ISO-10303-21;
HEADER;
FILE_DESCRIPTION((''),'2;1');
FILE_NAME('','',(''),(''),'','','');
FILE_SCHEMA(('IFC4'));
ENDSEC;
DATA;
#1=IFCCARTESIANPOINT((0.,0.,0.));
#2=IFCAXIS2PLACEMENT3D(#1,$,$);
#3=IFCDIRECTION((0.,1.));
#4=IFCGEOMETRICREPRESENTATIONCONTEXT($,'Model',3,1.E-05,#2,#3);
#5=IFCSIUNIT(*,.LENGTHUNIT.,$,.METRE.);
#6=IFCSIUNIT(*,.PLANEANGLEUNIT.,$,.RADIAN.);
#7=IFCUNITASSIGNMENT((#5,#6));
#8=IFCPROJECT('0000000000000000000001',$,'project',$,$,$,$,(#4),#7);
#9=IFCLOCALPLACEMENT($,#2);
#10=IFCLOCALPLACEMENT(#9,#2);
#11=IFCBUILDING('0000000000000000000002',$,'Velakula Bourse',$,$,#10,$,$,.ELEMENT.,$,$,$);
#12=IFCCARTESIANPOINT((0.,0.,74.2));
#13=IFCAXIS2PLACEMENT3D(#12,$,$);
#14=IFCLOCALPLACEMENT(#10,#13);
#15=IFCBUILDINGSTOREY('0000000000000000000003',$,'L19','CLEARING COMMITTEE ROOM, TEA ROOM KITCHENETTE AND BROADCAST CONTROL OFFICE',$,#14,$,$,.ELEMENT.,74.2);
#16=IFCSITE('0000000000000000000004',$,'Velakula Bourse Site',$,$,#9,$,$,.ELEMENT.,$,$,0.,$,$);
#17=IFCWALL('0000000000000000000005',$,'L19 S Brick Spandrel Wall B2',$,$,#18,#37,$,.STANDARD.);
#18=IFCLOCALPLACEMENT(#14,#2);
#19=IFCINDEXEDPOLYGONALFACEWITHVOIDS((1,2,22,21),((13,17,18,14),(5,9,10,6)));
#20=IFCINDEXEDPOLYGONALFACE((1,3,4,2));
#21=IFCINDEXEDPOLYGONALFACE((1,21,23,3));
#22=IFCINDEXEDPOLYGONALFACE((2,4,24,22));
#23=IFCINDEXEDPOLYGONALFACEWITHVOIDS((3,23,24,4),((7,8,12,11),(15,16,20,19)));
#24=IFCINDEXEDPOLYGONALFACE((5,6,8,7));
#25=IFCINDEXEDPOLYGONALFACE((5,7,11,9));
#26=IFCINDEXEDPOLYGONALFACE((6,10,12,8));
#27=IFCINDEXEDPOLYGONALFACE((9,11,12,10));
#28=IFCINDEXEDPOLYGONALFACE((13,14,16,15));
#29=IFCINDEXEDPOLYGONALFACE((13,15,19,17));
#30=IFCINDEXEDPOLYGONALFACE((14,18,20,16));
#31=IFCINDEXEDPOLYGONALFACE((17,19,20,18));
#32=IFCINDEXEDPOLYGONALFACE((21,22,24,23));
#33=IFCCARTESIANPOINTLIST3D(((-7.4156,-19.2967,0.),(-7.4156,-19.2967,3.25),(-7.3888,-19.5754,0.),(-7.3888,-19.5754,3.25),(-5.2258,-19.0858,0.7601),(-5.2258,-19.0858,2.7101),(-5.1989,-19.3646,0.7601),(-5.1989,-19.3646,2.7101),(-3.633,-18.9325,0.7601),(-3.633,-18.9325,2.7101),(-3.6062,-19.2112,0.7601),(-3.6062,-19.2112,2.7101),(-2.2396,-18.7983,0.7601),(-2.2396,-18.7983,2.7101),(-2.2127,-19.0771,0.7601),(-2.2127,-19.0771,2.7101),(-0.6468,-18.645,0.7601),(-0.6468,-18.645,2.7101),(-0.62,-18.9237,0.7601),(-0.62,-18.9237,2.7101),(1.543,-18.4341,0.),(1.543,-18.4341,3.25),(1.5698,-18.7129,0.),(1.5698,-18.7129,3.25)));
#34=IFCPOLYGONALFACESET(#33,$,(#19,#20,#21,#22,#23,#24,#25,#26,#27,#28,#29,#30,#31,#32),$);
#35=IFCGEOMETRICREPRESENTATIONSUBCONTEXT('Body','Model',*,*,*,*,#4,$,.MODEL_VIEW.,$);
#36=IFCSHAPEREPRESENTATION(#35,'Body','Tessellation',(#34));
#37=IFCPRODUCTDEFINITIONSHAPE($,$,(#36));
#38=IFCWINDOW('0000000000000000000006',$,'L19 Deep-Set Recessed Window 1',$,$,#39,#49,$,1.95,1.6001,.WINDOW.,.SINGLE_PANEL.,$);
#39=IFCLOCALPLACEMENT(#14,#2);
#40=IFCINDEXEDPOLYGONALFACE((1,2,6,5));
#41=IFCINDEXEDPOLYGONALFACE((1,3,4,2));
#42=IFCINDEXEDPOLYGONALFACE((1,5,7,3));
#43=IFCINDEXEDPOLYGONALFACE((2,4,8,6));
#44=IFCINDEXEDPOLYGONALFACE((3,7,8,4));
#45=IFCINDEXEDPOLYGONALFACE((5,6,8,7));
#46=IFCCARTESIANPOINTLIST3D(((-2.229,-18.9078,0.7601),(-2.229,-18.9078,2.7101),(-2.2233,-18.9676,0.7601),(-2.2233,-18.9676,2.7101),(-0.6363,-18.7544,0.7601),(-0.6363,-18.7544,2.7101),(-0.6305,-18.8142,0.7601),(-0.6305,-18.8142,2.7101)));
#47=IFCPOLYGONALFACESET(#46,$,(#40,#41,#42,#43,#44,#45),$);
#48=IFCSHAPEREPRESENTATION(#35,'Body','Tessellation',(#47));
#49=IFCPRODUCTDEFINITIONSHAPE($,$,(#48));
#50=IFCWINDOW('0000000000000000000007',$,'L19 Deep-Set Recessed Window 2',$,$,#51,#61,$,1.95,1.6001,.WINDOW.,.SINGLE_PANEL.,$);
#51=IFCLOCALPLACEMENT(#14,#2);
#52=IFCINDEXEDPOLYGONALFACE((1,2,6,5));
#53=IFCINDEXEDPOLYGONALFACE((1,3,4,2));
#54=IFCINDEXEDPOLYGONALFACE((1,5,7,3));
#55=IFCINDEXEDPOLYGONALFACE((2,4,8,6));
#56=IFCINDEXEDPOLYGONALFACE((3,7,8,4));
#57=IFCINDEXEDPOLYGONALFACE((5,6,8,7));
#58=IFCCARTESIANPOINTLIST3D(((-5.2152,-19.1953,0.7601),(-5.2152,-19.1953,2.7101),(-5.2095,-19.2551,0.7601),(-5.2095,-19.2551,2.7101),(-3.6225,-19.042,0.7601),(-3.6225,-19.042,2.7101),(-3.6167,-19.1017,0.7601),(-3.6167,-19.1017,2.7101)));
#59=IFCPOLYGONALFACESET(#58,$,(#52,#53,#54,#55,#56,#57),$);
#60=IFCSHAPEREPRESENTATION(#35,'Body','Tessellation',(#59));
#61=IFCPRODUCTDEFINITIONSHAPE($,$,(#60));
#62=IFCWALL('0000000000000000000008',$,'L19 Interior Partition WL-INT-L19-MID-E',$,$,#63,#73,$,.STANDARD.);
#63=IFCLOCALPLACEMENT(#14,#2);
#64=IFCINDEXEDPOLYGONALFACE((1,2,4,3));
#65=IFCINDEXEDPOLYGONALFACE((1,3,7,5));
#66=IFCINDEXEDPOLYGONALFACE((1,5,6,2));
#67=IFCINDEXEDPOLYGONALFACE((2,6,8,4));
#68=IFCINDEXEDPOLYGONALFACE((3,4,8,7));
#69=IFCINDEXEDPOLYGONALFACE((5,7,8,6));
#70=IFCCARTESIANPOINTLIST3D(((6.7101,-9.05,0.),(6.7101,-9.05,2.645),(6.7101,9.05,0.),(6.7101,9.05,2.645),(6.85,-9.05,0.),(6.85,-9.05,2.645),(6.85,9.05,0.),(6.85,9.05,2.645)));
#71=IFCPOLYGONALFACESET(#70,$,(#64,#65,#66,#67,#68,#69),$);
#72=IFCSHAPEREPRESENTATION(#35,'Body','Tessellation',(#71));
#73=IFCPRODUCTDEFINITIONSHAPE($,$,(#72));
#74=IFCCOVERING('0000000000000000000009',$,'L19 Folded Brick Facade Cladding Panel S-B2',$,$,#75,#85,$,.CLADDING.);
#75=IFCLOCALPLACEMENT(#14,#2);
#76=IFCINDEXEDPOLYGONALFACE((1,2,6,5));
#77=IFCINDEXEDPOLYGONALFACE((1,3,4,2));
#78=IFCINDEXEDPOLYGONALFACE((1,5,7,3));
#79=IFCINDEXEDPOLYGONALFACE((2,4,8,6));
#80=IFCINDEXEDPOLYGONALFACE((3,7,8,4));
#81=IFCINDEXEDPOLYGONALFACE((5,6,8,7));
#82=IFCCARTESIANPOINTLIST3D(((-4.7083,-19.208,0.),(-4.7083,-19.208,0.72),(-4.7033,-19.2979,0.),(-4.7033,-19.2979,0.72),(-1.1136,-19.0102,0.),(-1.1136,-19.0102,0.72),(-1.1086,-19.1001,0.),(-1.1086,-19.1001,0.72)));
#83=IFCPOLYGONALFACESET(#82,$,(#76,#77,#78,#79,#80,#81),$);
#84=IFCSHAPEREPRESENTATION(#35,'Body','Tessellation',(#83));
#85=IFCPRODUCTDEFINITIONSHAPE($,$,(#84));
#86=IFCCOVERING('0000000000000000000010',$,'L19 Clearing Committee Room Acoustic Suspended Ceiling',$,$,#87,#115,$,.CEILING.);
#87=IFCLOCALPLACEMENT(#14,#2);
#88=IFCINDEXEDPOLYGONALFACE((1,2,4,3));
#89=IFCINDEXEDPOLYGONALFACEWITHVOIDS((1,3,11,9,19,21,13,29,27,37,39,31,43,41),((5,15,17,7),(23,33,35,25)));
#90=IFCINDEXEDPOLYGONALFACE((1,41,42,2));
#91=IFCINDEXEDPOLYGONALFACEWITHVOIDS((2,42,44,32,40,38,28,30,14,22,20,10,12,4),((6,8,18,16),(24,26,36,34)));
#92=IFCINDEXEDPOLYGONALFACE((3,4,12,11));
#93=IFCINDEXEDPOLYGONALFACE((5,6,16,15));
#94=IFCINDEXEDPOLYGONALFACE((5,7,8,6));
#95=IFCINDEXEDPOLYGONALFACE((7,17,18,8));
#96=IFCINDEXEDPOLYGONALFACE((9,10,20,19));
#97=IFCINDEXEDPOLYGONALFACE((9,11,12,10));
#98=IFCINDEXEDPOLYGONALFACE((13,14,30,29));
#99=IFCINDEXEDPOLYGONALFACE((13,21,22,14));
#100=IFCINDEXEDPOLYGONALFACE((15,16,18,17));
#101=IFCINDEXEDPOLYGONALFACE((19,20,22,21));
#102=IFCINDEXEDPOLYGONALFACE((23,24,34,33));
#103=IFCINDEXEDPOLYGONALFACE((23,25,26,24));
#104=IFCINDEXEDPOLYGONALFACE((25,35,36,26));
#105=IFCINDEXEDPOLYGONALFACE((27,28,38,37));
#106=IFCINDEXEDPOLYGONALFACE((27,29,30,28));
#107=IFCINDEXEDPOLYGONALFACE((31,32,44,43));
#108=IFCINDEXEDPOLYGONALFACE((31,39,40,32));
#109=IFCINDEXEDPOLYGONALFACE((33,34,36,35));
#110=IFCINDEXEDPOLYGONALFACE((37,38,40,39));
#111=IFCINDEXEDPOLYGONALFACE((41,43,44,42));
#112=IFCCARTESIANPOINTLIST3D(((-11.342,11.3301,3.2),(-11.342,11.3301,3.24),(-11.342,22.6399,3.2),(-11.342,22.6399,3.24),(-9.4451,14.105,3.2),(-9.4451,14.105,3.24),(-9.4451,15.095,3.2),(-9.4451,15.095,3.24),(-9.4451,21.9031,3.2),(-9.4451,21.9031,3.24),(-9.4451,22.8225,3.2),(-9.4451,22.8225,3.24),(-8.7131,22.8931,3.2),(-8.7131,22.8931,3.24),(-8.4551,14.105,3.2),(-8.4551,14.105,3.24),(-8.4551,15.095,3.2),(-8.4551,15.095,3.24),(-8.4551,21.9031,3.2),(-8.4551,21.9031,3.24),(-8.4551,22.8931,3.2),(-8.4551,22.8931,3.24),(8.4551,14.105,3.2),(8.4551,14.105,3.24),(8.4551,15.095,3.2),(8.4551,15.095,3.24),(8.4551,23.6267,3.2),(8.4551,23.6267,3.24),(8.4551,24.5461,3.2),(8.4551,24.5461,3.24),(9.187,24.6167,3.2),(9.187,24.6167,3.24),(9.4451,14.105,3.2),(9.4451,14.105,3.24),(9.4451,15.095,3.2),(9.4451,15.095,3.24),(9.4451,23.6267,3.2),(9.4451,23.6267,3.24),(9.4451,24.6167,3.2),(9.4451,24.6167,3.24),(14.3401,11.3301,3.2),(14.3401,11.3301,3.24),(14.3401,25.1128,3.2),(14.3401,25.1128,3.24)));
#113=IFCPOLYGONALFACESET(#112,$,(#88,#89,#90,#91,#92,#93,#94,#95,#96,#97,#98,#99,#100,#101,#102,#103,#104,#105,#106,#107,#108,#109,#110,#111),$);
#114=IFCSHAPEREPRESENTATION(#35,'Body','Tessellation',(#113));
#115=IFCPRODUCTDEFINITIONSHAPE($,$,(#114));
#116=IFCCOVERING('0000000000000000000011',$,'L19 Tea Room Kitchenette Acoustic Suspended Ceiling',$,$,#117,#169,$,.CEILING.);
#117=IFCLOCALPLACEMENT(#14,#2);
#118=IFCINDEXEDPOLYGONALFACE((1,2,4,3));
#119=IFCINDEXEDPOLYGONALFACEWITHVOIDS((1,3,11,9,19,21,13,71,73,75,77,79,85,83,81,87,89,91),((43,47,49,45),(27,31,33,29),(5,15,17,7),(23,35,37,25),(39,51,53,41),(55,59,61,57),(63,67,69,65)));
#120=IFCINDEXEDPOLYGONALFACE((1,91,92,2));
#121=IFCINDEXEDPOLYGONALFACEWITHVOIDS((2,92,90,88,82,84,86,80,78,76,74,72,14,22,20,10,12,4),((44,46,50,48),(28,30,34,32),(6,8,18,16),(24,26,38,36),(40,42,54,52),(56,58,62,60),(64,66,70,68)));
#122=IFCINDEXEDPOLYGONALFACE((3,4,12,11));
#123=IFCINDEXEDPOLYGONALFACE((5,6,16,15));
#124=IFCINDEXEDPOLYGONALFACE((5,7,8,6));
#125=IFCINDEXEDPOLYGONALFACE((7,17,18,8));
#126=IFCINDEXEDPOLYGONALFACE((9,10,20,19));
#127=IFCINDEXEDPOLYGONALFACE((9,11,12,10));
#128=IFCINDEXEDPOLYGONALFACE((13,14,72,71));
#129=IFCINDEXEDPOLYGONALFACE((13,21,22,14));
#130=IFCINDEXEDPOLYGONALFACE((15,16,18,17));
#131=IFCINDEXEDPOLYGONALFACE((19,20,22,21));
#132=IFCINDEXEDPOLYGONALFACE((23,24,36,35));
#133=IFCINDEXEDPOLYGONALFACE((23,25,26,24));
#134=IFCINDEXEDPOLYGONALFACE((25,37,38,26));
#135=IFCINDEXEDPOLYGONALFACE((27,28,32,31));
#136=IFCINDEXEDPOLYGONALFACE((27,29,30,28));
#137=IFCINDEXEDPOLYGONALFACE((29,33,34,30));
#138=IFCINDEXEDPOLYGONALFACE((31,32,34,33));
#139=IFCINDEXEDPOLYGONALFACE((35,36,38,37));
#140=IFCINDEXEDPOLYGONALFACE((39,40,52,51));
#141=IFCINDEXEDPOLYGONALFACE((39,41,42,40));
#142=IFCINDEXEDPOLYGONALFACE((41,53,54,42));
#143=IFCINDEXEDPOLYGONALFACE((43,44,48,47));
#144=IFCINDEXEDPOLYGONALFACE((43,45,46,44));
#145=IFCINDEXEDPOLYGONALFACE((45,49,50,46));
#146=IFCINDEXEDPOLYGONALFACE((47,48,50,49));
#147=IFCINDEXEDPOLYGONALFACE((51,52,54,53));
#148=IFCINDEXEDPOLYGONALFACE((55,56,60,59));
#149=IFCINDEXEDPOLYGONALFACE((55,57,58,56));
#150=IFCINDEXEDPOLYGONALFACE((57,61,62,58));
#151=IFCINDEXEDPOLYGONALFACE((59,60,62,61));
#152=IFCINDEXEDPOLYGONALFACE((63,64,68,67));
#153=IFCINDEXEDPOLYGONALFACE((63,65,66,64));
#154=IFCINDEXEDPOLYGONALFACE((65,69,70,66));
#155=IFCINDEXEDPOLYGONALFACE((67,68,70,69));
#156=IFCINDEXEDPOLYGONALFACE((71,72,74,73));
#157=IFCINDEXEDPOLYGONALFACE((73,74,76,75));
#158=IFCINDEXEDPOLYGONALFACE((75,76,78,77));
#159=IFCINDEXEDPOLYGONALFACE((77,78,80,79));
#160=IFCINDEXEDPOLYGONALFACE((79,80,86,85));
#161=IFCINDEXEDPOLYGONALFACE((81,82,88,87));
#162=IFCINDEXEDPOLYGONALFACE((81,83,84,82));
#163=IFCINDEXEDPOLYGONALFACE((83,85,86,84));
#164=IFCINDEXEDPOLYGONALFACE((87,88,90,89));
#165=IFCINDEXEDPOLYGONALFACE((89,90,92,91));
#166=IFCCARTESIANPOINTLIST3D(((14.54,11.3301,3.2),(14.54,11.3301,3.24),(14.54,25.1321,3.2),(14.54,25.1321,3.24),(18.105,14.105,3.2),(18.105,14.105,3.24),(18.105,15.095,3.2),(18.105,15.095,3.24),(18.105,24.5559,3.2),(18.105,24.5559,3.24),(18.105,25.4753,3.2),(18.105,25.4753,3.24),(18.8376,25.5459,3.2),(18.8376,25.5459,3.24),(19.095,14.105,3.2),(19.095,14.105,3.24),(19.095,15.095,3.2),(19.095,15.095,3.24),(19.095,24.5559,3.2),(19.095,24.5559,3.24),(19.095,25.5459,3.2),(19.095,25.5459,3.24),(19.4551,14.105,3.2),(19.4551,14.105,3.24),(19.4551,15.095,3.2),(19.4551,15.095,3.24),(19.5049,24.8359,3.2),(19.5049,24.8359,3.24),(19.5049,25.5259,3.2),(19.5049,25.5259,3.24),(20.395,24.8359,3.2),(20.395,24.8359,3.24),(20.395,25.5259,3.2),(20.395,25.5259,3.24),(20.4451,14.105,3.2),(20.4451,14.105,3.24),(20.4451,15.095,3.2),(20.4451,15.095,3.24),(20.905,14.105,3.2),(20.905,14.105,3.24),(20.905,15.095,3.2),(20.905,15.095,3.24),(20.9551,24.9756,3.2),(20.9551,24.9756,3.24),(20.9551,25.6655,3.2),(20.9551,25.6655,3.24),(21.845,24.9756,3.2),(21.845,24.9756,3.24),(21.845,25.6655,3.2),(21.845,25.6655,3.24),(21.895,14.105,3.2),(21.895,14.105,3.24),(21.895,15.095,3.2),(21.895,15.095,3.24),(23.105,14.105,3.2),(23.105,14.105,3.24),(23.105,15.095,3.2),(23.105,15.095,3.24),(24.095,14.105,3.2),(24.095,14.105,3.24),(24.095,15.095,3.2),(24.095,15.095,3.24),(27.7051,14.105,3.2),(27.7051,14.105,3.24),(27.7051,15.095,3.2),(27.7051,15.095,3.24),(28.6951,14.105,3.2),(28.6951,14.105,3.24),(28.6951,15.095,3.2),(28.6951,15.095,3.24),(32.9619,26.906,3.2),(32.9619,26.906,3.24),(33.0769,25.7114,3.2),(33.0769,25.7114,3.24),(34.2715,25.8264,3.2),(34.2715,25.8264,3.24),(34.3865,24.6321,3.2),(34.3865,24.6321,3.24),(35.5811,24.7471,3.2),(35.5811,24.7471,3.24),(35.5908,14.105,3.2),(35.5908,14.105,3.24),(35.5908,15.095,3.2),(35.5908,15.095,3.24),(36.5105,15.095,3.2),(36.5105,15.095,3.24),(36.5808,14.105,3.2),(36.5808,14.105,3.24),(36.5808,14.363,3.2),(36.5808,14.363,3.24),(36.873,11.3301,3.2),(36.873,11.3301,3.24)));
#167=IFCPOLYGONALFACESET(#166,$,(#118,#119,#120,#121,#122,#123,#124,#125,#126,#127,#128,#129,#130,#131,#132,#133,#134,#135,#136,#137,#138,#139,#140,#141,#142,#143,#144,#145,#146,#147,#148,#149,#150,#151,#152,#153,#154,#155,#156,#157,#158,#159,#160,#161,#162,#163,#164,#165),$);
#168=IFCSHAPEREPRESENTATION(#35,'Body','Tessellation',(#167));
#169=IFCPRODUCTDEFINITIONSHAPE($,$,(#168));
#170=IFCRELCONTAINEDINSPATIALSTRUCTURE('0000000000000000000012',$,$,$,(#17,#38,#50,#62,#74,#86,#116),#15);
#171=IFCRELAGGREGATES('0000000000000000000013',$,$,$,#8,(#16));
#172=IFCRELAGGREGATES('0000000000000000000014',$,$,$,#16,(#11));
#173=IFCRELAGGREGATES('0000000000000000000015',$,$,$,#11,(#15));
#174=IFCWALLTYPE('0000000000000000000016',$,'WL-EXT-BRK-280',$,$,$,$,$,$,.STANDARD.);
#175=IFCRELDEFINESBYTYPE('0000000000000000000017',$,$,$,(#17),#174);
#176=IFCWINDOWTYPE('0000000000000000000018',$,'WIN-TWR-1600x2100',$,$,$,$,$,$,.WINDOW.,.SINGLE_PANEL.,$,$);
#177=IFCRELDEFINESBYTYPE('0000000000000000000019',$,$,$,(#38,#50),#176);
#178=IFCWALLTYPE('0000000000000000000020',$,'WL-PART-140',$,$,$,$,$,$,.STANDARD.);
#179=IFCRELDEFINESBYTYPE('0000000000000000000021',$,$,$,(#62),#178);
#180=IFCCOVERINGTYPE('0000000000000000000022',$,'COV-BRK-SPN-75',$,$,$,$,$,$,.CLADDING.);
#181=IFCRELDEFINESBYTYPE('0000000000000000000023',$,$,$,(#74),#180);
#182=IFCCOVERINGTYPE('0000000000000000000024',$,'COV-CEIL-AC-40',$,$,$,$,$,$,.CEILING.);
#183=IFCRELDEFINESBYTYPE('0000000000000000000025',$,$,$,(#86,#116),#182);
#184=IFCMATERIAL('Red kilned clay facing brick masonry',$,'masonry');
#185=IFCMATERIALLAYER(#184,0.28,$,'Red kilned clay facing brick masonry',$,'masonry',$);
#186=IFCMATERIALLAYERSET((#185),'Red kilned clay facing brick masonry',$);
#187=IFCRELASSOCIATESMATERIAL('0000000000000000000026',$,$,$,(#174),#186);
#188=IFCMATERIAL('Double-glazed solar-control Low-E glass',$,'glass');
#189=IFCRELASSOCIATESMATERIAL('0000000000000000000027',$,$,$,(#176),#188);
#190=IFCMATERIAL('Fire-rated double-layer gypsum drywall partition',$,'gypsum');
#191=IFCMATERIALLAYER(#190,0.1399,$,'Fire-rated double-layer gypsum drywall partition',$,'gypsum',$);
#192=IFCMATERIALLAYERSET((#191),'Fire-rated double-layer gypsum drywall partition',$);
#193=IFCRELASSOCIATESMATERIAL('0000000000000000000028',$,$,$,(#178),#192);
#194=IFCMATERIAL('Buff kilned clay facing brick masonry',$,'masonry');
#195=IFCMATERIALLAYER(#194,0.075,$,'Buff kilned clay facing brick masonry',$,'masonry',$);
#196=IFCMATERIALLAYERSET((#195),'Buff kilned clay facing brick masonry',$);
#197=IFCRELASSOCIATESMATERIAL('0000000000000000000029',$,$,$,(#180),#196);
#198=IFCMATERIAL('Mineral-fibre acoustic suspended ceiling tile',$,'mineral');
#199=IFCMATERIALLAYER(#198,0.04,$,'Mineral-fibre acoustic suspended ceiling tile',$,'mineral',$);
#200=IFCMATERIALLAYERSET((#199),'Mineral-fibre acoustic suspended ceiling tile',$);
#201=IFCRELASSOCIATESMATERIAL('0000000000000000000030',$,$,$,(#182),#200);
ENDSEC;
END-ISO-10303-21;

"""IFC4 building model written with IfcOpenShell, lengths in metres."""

from ifc_helpers import new_model, si_unit, direction, frame, frame_2d, origin, origin_2d, place, context, subcontext, project, spatial, polyline, rectangle, outline, extrude, material, layer, layer_set, type_object, element, fill, save


model = new_model("IFC4")

# Units and contexts
model_context = context("Model", 3, precision=1e-05, world=origin(), true_north=direction((0.0, 1.0)))
body_context = subcontext(model_context, "Body", "Model", "MODEL_VIEW")
ifc_project = project(units=[si_unit("LENGTHUNIT", "METRE"), si_unit("PLANEANGLEUNIT", "RADIAN")], contexts=[model_context])

# Site, building, storey
site_placement = place(None, origin())
site = spatial("IfcSite", under=ifc_project, at=site_placement, Name="Velakula Bourse Site", CompositionType="ELEMENT", RefElevation=0.0)
building_placement = place(site_placement, origin())
building = spatial("IfcBuilding", under=site, at=building_placement, Name="Velakula Bourse", CompositionType="ELEMENT")
storey_placement = place(building_placement, frame((0.0, 0.0, 74.2)))
storey = spatial("IfcBuildingStorey", under=building, at=storey_placement, Name="L19", Description="CLEARING COMMITTEE ROOM, TEA ROOM KITCHENETTE AND BROADCAST CONTROL OFFICE", CompositionType="ELEMENT", Elevation=74.2)

# Wall, openings, windows
ifc_material_1 = material(Name="Red kilned clay facing brick masonry", Category="masonry")
ifc_layer_1 = layer(ifc_material_1, 0.28, Name="Red kilned clay facing brick masonry", Category="masonry")
ifc_layer_set_1 = layer_set([ifc_layer_1], Name="Red kilned clay facing brick masonry")
wall_type_1 = type_object("IfcWallType", Name="WL-EXT-BRK-280", PredefinedType="STANDARD", material=ifc_layer_set_1)
wall_1_placement = place(storey_placement, frame((1.5564, -18.5735, 0.0), z_axis=(0.0, 0.0, 1.0), x_axis=(-0.995397, -0.09584, 0.0)))
wall_1 = element("IfcWall", 1, at=wall_1_placement, inside=storey, type_object=wall_type_1, Name="L19 S Brick Spandrel Wall B2", PredefinedType="STANDARD", context=body_context, shape_type="SweptSolid", body=[
    extrude(rectangle(XDim=9.0, YDim=0.28, at=frame_2d((4.5, 0.0))), origin(), (0.0, 0.0, 1.0), 3.25),
])
opening_1_placement = place(wall_1_placement, frame((2.2, 0.0, 0.76)))
opening_1 = element("IfcOpeningElement", 2, at=opening_1_placement, cuts=wall_1, PredefinedType="OPENING", context=body_context, shape_type="SweptSolid", body=[
    extrude(rectangle(XDim=1.6001, YDim=1.95, at=frame_2d((0.8, 0.9751))), frame((0.0, 0.1499, 0.0), z_axis=(0.0, -1.0, 0.0), x_axis=(1.0, 0.0, 0.0)), (0.0, 0.0, 1.0), 0.3),
])
opening_2_placement = place(wall_1_placement, frame((5.2, 0.0, 0.76)))
opening_2 = element("IfcOpeningElement", 3, at=opening_2_placement, cuts=wall_1, PredefinedType="OPENING", context=body_context, shape_type="SweptSolid", body=[
    extrude(rectangle(XDim=1.6001, YDim=1.95, at=frame_2d((0.8, 0.9751))), frame((0.0, 0.1499, 0.0), z_axis=(0.0, -1.0, 0.0), x_axis=(1.0, 0.0, 0.0)), (0.0, 0.0, 1.0), 0.3),
])
ifc_material_2 = material(Name="Double-glazed solar-control Low-E glass", Category="glass")
window_type = type_object("IfcWindowType", Name="WIN-TWR-1600x2100", PartitioningType="SINGLE_PANEL", PredefinedType="WINDOW", material=ifc_material_2)
window_1_placement = place(opening_1_placement, origin())
window_1 = element("IfcWindow", 4, at=window_1_placement, inside=storey, type_object=window_type, Name="L19 Deep-Set Recessed Window 1", OverallHeight=1.95, OverallWidth=1.6001, PartitioningType="SINGLE_PANEL", PredefinedType="WINDOW", context=body_context, shape_type="SweptSolid", body=[
    extrude(rectangle(XDim=1.6001, YDim=1.95, at=frame_2d((0.8, 0.9751))), frame((0.0, 0.03, 0.0), z_axis=(0.0, -1.0, 0.0), x_axis=(1.0, 0.0, 0.0)), (0.0, 0.0, 1.0), 0.0601),
])
fill(opening_1, window_1)
window_2_placement = place(opening_2_placement, origin())
window_2 = element("IfcWindow", 5, at=window_2_placement, inside=storey, type_object=window_type, Name="L19 Deep-Set Recessed Window 2", OverallHeight=1.95, OverallWidth=1.6001, PartitioningType="SINGLE_PANEL", PredefinedType="WINDOW", context=body_context, shape_type="SweptSolid", body=[
    extrude(rectangle(XDim=1.6001, YDim=1.95, at=frame_2d((0.8, 0.9751))), frame((0.0, 0.03, 0.0), z_axis=(0.0, -1.0, 0.0), x_axis=(1.0, 0.0, 0.0)), (0.0, 0.0, 1.0), 0.0601),
])
fill(opening_2, window_2)

# Wall
ifc_material_3 = material(Name="Fire-rated double-layer gypsum drywall partition", Category="gypsum")
ifc_layer_2 = layer(ifc_material_3, 0.1399, Name="Fire-rated double-layer gypsum drywall partition", Category="gypsum")
ifc_layer_set_2 = layer_set([ifc_layer_2], Name="Fire-rated double-layer gypsum drywall partition")
wall_type_2 = type_object("IfcWallType", Name="WL-PART-140", PredefinedType="STANDARD", material=ifc_layer_set_2)
wall_2_placement = place(storey_placement, frame((6.78, -9.05, 0.0), z_axis=(0.0, 0.0, 1.0), x_axis=(0.0, 1.0, 0.0)))
element("IfcWall", 6, at=wall_2_placement, inside=storey, type_object=wall_type_2, Name="L19 Interior Partition WL-INT-L19-MID-E", PredefinedType="STANDARD", context=body_context, shape_type="SweptSolid", body=[
    extrude(rectangle(XDim=18.1001, YDim=0.1399, at=frame_2d((9.05, 0.0))), origin(), (0.0, 0.0, 1.0), 2.645),
])

# Coverings
ifc_material_4 = material(Name="Buff kilned clay facing brick masonry", Category="masonry")
ifc_layer_3 = layer(ifc_material_4, 0.075, Name="Buff kilned clay facing brick masonry", Category="masonry")
ifc_layer_set_3 = layer_set([ifc_layer_3], Name="Buff kilned clay facing brick masonry")
covering_type_1 = type_object("IfcCoveringType", Name="COV-BRK-SPN-75", PredefinedType="CLADDING", material=ifc_layer_set_3)
covering_1_placement = place(storey_placement, frame((-2.9084, -19.1541, 0.0), z_axis=(0.0, 0.0, 1.0), x_axis=(0.998489, 0.05495, 0.0)))
element("IfcCovering", 7, at=covering_1_placement, inside=storey, type_object=covering_type_1, Name="L19 Folded Brick Facade Cladding Panel S-B2", PredefinedType="CLADDING", context=body_context, shape_type="SweptSolid", body=[
    extrude(rectangle(XDim=3.6001, YDim=0.0901, at=origin_2d()), origin(), (0.0, 0.0, 1.0), 0.72),
])
ifc_material_5 = material(Name="Mineral-fibre acoustic suspended ceiling tile", Category="mineral")
ifc_layer_4 = layer(ifc_material_5, 0.04, Name="Mineral-fibre acoustic suspended ceiling tile", Category="mineral")
ifc_layer_set_4 = layer_set([ifc_layer_4], Name="Mineral-fibre acoustic suspended ceiling tile")
covering_type_2 = type_object("IfcCoveringType", Name="COV-CEIL-AC-40", PredefinedType="CEILING", material=ifc_layer_set_4)
covering_2_placement = place(storey_placement, frame((0.0, 0.0, 3.2)))
element("IfcCovering", 8, at=covering_2_placement, inside=storey, type_object=covering_type_2, Name="L19 Clearing Committee Room Acoustic Suspended Ceiling", PredefinedType="CEILING", context=body_context, shape_type="SweptSolid", body=[
    extrude(outline(polyline([(8.4551, 24.5461), (8.4551, 23.6267), (9.4451, 23.6267), (9.4451, 24.6167), (9.187, 24.6167), (14.3401, 25.1128), (14.3401, 11.3301), (-11.342, 11.3301), (-11.342, 22.6399), (-9.4451, 22.8225), (-9.4451, 21.9031), (-8.4551, 21.9031), (-8.4551, 22.8931), (-8.7131, 22.8931), (8.4551, 24.5461)]), holes=[polyline([(-9.4451, 15.095), (-9.4451, 14.105), (-8.4551, 14.105), (-8.4551, 15.095), (-9.4451, 15.095)]), polyline([(8.4551, 15.095), (8.4551, 14.105), (9.4451, 14.105), (9.4451, 15.095), (8.4551, 15.095)])]), origin(), (0.0, 0.0, 1.0), 0.04),
])
covering_3_placement = place(storey_placement, frame((0.0, 0.0, 3.2)))
element("IfcCovering", 9, at=covering_3_placement, inside=storey, type_object=covering_type_2, Name="L19 Tea Room Kitchenette Acoustic Suspended Ceiling", PredefinedType="CEILING", context=body_context, shape_type="SweptSolid", body=[
    extrude(outline(polyline([(32.9619, 26.906), (33.0769, 25.7114), (34.2715, 25.8264), (34.3865, 24.6321), (35.5811, 24.7471), (36.5105, 15.095), (35.5908, 15.095), (35.5908, 14.105), (36.5808, 14.105), (36.5808, 14.363), (36.873, 11.3301), (14.54, 11.3301), (14.54, 25.1321), (18.105, 25.4753), (18.105, 24.5559), (19.095, 24.5559), (19.095, 25.5459), (18.8376, 25.5459), (32.9619, 26.906)]), holes=[polyline([(20.905, 14.105), (21.895, 14.105), (21.895, 15.095), (20.905, 15.095), (20.905, 14.105)]), polyline([(23.105, 15.095), (23.105, 14.105), (24.095, 14.105), (24.095, 15.095), (23.105, 15.095)]), polyline([(19.4551, 15.095), (19.4551, 14.105), (20.4451, 14.105), (20.4451, 15.095), (19.4551, 15.095)]), polyline([(27.7051, 14.105), (28.6951, 14.105), (28.6951, 15.095), (27.7051, 15.095), (27.7051, 14.105)]), polyline([(18.105, 14.105), (19.095, 14.105), (19.095, 15.095), (18.105, 15.095), (18.105, 14.105)]), polyline([(19.5049, 25.5259), (19.5049, 24.8359), (20.395, 24.8359), (20.395, 25.5259), (19.5049, 25.5259)]), polyline([(20.9551, 25.6655), (20.9551, 24.9756), (21.845, 24.9756), (21.845, 25.6655), (20.9551, 25.6655)])]), origin(), (0.0, 0.0, 1.0), 0.04),
])

save(model, "model.ifc")
